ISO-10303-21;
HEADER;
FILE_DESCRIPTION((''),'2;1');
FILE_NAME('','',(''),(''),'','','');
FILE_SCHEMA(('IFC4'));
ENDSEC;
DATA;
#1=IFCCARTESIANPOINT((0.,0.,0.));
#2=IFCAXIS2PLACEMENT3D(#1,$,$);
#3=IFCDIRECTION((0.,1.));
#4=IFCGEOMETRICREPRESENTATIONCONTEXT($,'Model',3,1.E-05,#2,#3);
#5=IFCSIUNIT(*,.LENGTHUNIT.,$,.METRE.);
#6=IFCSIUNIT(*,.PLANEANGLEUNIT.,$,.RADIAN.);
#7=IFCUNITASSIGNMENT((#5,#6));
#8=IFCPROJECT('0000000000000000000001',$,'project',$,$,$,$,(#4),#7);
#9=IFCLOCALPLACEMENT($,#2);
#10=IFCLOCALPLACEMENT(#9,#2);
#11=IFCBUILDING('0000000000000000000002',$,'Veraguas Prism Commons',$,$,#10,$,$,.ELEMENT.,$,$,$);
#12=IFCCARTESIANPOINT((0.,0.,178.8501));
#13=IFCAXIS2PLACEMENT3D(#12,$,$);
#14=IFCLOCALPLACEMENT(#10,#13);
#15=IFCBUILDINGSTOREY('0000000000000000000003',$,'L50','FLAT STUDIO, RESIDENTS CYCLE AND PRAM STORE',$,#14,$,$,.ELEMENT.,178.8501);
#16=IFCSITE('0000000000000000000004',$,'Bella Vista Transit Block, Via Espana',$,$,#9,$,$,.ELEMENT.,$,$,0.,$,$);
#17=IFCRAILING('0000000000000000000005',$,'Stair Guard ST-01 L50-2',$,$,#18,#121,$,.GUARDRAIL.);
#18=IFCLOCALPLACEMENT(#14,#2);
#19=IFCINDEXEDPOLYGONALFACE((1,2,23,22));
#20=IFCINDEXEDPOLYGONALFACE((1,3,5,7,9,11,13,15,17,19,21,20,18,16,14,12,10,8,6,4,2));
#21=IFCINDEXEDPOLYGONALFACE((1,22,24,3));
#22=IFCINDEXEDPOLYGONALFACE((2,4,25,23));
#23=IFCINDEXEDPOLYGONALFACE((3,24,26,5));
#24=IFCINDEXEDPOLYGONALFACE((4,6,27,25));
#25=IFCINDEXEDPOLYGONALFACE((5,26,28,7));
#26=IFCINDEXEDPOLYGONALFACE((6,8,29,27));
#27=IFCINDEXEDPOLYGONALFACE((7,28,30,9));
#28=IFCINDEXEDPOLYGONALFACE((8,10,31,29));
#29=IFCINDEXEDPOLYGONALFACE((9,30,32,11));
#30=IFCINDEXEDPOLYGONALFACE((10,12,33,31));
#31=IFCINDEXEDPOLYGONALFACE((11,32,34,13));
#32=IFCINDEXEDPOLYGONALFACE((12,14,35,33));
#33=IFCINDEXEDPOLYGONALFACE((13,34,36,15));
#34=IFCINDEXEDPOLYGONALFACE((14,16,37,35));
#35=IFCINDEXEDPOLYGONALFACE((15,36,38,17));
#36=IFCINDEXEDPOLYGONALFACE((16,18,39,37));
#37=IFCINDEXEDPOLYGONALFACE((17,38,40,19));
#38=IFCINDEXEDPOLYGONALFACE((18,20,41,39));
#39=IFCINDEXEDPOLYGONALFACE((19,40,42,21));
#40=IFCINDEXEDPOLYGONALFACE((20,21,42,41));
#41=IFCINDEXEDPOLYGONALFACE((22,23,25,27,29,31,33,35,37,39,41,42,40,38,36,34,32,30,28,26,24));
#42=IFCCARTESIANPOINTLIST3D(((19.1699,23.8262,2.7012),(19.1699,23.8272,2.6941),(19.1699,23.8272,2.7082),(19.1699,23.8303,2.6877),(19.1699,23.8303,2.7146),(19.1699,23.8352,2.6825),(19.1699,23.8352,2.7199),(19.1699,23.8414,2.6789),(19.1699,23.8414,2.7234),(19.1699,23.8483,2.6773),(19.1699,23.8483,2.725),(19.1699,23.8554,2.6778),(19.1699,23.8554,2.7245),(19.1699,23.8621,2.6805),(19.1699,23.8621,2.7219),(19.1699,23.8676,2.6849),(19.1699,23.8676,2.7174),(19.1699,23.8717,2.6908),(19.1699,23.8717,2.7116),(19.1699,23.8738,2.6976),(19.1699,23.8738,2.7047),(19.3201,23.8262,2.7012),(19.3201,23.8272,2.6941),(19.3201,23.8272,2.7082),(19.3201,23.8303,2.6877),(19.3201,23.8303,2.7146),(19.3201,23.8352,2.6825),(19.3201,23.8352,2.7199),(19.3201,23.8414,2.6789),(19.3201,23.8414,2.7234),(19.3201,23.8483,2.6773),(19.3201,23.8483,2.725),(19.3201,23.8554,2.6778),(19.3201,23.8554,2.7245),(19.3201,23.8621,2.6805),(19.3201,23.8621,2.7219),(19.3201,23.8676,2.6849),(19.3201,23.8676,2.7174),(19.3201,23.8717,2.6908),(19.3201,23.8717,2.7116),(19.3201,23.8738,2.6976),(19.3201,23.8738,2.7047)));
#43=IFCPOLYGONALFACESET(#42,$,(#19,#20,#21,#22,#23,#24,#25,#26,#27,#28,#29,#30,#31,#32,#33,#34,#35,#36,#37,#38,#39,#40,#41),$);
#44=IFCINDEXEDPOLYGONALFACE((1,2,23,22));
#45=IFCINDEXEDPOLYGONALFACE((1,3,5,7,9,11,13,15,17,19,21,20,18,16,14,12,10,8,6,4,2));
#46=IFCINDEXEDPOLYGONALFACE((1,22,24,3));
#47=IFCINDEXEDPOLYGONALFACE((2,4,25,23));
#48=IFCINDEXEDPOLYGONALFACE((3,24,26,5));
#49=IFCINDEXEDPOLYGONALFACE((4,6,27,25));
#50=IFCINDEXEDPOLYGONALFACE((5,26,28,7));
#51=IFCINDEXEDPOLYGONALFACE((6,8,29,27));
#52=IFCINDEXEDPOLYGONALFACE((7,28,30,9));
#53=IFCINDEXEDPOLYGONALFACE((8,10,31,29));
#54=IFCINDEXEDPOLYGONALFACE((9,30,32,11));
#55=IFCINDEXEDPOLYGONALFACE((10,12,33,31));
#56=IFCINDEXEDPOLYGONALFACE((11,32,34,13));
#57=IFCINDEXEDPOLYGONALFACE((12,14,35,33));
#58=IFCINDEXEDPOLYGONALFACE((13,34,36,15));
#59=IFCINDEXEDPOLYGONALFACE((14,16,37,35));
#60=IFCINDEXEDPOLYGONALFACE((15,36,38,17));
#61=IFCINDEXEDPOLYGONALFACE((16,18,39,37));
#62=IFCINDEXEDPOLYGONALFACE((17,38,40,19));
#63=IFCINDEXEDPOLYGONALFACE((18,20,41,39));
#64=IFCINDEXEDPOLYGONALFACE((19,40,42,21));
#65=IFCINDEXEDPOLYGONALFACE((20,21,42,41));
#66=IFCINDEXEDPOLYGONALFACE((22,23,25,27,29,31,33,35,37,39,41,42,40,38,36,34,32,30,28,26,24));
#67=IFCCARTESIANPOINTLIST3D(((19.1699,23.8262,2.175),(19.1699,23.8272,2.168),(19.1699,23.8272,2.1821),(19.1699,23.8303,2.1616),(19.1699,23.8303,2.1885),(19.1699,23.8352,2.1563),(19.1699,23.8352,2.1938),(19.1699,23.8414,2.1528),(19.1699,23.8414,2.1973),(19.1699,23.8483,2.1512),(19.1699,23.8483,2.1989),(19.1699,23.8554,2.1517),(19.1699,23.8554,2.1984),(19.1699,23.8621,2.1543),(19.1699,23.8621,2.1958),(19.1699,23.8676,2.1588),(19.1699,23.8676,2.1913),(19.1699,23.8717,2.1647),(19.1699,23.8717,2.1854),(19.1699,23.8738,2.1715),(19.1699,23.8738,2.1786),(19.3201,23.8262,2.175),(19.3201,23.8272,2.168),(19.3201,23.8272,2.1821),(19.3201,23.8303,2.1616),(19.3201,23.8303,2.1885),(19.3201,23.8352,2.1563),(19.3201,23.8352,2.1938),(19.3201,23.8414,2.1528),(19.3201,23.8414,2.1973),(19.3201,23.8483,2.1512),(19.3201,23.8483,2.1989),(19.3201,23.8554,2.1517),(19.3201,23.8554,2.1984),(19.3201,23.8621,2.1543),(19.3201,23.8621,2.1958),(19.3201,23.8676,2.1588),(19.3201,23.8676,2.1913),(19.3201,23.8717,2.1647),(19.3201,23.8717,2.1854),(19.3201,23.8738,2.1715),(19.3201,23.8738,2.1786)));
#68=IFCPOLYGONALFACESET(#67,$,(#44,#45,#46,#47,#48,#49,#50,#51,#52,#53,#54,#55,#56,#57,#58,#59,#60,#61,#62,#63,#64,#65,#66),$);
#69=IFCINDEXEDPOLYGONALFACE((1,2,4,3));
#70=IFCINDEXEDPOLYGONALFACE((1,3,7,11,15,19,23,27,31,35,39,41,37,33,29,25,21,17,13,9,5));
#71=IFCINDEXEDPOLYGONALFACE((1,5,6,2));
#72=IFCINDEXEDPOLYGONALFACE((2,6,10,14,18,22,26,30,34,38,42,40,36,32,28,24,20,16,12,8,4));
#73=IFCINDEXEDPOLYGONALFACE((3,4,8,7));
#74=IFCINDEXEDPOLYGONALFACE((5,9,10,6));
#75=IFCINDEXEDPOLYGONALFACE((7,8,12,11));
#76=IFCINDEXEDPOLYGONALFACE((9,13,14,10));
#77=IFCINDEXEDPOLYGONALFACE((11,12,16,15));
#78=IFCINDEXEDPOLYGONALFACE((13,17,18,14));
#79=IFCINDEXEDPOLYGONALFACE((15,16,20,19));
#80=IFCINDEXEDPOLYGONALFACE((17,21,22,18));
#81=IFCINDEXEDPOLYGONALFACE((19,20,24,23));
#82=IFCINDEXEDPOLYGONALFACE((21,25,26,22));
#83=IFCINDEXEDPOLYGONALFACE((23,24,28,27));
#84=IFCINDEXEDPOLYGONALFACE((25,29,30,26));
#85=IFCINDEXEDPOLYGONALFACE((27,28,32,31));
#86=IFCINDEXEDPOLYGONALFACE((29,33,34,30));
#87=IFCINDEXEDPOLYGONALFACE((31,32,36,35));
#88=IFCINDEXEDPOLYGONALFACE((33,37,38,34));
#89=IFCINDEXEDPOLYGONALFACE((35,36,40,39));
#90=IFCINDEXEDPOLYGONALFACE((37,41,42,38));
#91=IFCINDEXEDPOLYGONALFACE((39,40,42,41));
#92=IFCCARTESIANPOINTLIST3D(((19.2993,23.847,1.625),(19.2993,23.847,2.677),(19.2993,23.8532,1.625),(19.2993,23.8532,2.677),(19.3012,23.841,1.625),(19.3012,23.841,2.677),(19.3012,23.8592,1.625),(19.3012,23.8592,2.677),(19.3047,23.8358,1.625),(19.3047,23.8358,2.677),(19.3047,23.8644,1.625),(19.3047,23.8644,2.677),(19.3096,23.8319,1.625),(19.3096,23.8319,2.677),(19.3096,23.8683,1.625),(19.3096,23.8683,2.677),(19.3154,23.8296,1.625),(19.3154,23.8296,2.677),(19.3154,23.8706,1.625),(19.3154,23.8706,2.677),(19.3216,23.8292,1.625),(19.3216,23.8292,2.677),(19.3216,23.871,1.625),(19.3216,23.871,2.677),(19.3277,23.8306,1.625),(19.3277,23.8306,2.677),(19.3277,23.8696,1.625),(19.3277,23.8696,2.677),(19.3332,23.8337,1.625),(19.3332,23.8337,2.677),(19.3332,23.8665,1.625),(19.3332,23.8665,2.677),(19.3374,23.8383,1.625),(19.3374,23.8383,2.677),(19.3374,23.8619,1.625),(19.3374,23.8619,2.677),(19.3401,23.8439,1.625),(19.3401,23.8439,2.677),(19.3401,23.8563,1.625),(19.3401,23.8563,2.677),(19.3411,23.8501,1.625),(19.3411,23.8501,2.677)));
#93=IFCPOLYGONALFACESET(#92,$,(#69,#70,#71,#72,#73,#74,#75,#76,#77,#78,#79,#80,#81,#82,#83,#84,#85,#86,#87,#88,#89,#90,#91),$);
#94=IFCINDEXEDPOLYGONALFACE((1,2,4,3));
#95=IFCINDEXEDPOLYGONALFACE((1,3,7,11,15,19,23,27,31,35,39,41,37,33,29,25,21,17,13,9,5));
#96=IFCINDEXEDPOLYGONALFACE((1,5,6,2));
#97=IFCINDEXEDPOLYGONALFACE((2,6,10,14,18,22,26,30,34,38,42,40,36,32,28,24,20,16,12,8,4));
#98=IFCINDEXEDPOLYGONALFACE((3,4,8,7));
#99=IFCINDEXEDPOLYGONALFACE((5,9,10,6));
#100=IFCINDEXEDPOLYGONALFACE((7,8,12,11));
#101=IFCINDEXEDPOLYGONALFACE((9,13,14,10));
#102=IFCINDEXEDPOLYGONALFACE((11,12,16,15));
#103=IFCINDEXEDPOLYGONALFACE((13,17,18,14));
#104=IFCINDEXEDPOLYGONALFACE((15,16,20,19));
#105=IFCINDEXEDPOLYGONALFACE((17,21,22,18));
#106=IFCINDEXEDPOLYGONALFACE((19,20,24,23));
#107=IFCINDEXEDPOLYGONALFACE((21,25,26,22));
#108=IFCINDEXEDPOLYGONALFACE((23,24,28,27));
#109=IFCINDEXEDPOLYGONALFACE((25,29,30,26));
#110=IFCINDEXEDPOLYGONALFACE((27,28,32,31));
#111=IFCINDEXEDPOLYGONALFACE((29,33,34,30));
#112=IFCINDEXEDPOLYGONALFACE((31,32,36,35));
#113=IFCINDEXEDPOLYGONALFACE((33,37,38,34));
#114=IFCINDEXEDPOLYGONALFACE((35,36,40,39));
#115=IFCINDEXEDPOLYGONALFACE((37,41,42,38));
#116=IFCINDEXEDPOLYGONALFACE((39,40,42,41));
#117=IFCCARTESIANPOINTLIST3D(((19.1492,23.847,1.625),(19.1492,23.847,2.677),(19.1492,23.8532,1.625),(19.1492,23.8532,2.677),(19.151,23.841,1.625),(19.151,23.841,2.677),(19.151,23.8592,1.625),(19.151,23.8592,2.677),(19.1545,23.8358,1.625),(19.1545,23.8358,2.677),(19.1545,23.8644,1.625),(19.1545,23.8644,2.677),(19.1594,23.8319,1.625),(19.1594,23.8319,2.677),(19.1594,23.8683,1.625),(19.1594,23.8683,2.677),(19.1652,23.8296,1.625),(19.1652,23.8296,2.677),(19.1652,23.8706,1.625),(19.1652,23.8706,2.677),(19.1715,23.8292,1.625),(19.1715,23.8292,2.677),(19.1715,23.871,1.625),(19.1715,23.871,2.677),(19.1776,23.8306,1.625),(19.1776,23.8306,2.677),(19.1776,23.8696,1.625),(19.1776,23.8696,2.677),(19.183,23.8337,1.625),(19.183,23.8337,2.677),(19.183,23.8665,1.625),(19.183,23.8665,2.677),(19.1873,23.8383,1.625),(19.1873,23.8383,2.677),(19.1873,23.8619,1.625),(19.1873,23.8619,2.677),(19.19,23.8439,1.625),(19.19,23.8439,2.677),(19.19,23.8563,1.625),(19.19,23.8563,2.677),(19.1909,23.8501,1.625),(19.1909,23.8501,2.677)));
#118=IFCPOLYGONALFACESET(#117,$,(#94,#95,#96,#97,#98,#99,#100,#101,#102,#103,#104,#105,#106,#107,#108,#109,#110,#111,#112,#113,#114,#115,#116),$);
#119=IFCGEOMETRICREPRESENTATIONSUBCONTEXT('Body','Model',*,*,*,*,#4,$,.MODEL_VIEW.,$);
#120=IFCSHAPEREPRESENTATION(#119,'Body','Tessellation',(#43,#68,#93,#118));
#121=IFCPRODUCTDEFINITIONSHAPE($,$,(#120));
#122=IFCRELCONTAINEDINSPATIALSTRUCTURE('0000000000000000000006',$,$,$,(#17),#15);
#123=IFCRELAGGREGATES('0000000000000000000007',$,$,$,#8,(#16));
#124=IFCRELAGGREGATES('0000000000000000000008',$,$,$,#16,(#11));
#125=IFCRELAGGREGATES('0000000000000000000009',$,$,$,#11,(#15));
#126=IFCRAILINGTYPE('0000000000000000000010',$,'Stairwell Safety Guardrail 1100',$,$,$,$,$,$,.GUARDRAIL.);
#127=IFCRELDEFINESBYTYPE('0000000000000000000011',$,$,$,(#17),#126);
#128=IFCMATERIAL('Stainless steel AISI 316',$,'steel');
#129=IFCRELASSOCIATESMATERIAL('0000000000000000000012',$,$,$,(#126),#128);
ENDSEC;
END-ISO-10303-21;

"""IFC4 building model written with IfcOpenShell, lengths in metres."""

from ifc_helpers import new_model, si_unit, direction, frame, origin, origin_2d, place, context, subcontext, project, spatial, circle, extrude, material, type_object, element, save


model = new_model("IFC4")

# Units and contexts
model_context = context("Model", 3, precision=1e-05, world=origin(), true_north=direction((0.0, 1.0)))
body_context = subcontext(model_context, "Body", "Model", "MODEL_VIEW")
ifc_project = project(units=[si_unit("LENGTHUNIT", "METRE"), si_unit("PLANEANGLEUNIT", "RADIAN")], contexts=[model_context])

# Site, building, storey
site_placement = place(None, origin())
site = spatial("IfcSite", under=ifc_project, at=site_placement, Name="Bella Vista Transit Block, Via Espana", CompositionType="ELEMENT", RefElevation=0.0)
building_placement = place(site_placement, origin())
building = spatial("IfcBuilding", under=site, at=building_placement, Name="Veraguas Prism Commons", CompositionType="ELEMENT")
storey_placement = place(building_placement, frame((0.0, 0.0, 178.8501)))
storey = spatial("IfcBuildingStorey", under=building, at=storey_placement, Name="L50", Description="FLAT STUDIO, RESIDENTS CYCLE AND PRAM STORE", CompositionType="ELEMENT", Elevation=178.8501)

# Railing
ifc_material_1 = material(Name="Stainless steel AISI 316", Category="steel")
railing_type_1 = type_object("IfcRailingType", Name="Stairwell Safety Guardrail 1100", PredefinedType="GUARDRAIL", material=ifc_material_1)
railing_1_placement = place(storey_placement, frame((19.3201, 23.8501, 1.625)))
element("IfcRailing", 1, at=railing_1_placement, inside=storey, type_object=railing_type_1, Name="Stair Guard ST-01 L50-2", PredefinedType="GUARDRAIL", context=body_context, shape_type="SweptSolid", body=[
    extrude(circle(Radius=0.0239, at=origin_2d()), frame((0.0, 0.0, 1.0762), z_axis=(-1.0, 0.0, 0.0), x_axis=(0.0, -1.0, 0.0)), (0.0, 0.0, 1.0), 0.1501),
    extrude(circle(Radius=0.0239, at=origin_2d()), frame((0.0, 0.0, 0.55), z_axis=(-1.0, 0.0, 0.0), x_axis=(0.0, -1.0, 0.0)), (0.0, 0.0, 1.0), 0.1501),
    extrude(circle(Radius=0.021, at=origin_2d()), origin(), (0.0, 0.0, 1.0), 1.052),
    extrude(circle(Radius=0.021, at=origin_2d()), frame((-0.1501, 0.0, 0.0)), (0.0, 0.0, 1.0), 1.052),
])

save(model, "model.ifc")
